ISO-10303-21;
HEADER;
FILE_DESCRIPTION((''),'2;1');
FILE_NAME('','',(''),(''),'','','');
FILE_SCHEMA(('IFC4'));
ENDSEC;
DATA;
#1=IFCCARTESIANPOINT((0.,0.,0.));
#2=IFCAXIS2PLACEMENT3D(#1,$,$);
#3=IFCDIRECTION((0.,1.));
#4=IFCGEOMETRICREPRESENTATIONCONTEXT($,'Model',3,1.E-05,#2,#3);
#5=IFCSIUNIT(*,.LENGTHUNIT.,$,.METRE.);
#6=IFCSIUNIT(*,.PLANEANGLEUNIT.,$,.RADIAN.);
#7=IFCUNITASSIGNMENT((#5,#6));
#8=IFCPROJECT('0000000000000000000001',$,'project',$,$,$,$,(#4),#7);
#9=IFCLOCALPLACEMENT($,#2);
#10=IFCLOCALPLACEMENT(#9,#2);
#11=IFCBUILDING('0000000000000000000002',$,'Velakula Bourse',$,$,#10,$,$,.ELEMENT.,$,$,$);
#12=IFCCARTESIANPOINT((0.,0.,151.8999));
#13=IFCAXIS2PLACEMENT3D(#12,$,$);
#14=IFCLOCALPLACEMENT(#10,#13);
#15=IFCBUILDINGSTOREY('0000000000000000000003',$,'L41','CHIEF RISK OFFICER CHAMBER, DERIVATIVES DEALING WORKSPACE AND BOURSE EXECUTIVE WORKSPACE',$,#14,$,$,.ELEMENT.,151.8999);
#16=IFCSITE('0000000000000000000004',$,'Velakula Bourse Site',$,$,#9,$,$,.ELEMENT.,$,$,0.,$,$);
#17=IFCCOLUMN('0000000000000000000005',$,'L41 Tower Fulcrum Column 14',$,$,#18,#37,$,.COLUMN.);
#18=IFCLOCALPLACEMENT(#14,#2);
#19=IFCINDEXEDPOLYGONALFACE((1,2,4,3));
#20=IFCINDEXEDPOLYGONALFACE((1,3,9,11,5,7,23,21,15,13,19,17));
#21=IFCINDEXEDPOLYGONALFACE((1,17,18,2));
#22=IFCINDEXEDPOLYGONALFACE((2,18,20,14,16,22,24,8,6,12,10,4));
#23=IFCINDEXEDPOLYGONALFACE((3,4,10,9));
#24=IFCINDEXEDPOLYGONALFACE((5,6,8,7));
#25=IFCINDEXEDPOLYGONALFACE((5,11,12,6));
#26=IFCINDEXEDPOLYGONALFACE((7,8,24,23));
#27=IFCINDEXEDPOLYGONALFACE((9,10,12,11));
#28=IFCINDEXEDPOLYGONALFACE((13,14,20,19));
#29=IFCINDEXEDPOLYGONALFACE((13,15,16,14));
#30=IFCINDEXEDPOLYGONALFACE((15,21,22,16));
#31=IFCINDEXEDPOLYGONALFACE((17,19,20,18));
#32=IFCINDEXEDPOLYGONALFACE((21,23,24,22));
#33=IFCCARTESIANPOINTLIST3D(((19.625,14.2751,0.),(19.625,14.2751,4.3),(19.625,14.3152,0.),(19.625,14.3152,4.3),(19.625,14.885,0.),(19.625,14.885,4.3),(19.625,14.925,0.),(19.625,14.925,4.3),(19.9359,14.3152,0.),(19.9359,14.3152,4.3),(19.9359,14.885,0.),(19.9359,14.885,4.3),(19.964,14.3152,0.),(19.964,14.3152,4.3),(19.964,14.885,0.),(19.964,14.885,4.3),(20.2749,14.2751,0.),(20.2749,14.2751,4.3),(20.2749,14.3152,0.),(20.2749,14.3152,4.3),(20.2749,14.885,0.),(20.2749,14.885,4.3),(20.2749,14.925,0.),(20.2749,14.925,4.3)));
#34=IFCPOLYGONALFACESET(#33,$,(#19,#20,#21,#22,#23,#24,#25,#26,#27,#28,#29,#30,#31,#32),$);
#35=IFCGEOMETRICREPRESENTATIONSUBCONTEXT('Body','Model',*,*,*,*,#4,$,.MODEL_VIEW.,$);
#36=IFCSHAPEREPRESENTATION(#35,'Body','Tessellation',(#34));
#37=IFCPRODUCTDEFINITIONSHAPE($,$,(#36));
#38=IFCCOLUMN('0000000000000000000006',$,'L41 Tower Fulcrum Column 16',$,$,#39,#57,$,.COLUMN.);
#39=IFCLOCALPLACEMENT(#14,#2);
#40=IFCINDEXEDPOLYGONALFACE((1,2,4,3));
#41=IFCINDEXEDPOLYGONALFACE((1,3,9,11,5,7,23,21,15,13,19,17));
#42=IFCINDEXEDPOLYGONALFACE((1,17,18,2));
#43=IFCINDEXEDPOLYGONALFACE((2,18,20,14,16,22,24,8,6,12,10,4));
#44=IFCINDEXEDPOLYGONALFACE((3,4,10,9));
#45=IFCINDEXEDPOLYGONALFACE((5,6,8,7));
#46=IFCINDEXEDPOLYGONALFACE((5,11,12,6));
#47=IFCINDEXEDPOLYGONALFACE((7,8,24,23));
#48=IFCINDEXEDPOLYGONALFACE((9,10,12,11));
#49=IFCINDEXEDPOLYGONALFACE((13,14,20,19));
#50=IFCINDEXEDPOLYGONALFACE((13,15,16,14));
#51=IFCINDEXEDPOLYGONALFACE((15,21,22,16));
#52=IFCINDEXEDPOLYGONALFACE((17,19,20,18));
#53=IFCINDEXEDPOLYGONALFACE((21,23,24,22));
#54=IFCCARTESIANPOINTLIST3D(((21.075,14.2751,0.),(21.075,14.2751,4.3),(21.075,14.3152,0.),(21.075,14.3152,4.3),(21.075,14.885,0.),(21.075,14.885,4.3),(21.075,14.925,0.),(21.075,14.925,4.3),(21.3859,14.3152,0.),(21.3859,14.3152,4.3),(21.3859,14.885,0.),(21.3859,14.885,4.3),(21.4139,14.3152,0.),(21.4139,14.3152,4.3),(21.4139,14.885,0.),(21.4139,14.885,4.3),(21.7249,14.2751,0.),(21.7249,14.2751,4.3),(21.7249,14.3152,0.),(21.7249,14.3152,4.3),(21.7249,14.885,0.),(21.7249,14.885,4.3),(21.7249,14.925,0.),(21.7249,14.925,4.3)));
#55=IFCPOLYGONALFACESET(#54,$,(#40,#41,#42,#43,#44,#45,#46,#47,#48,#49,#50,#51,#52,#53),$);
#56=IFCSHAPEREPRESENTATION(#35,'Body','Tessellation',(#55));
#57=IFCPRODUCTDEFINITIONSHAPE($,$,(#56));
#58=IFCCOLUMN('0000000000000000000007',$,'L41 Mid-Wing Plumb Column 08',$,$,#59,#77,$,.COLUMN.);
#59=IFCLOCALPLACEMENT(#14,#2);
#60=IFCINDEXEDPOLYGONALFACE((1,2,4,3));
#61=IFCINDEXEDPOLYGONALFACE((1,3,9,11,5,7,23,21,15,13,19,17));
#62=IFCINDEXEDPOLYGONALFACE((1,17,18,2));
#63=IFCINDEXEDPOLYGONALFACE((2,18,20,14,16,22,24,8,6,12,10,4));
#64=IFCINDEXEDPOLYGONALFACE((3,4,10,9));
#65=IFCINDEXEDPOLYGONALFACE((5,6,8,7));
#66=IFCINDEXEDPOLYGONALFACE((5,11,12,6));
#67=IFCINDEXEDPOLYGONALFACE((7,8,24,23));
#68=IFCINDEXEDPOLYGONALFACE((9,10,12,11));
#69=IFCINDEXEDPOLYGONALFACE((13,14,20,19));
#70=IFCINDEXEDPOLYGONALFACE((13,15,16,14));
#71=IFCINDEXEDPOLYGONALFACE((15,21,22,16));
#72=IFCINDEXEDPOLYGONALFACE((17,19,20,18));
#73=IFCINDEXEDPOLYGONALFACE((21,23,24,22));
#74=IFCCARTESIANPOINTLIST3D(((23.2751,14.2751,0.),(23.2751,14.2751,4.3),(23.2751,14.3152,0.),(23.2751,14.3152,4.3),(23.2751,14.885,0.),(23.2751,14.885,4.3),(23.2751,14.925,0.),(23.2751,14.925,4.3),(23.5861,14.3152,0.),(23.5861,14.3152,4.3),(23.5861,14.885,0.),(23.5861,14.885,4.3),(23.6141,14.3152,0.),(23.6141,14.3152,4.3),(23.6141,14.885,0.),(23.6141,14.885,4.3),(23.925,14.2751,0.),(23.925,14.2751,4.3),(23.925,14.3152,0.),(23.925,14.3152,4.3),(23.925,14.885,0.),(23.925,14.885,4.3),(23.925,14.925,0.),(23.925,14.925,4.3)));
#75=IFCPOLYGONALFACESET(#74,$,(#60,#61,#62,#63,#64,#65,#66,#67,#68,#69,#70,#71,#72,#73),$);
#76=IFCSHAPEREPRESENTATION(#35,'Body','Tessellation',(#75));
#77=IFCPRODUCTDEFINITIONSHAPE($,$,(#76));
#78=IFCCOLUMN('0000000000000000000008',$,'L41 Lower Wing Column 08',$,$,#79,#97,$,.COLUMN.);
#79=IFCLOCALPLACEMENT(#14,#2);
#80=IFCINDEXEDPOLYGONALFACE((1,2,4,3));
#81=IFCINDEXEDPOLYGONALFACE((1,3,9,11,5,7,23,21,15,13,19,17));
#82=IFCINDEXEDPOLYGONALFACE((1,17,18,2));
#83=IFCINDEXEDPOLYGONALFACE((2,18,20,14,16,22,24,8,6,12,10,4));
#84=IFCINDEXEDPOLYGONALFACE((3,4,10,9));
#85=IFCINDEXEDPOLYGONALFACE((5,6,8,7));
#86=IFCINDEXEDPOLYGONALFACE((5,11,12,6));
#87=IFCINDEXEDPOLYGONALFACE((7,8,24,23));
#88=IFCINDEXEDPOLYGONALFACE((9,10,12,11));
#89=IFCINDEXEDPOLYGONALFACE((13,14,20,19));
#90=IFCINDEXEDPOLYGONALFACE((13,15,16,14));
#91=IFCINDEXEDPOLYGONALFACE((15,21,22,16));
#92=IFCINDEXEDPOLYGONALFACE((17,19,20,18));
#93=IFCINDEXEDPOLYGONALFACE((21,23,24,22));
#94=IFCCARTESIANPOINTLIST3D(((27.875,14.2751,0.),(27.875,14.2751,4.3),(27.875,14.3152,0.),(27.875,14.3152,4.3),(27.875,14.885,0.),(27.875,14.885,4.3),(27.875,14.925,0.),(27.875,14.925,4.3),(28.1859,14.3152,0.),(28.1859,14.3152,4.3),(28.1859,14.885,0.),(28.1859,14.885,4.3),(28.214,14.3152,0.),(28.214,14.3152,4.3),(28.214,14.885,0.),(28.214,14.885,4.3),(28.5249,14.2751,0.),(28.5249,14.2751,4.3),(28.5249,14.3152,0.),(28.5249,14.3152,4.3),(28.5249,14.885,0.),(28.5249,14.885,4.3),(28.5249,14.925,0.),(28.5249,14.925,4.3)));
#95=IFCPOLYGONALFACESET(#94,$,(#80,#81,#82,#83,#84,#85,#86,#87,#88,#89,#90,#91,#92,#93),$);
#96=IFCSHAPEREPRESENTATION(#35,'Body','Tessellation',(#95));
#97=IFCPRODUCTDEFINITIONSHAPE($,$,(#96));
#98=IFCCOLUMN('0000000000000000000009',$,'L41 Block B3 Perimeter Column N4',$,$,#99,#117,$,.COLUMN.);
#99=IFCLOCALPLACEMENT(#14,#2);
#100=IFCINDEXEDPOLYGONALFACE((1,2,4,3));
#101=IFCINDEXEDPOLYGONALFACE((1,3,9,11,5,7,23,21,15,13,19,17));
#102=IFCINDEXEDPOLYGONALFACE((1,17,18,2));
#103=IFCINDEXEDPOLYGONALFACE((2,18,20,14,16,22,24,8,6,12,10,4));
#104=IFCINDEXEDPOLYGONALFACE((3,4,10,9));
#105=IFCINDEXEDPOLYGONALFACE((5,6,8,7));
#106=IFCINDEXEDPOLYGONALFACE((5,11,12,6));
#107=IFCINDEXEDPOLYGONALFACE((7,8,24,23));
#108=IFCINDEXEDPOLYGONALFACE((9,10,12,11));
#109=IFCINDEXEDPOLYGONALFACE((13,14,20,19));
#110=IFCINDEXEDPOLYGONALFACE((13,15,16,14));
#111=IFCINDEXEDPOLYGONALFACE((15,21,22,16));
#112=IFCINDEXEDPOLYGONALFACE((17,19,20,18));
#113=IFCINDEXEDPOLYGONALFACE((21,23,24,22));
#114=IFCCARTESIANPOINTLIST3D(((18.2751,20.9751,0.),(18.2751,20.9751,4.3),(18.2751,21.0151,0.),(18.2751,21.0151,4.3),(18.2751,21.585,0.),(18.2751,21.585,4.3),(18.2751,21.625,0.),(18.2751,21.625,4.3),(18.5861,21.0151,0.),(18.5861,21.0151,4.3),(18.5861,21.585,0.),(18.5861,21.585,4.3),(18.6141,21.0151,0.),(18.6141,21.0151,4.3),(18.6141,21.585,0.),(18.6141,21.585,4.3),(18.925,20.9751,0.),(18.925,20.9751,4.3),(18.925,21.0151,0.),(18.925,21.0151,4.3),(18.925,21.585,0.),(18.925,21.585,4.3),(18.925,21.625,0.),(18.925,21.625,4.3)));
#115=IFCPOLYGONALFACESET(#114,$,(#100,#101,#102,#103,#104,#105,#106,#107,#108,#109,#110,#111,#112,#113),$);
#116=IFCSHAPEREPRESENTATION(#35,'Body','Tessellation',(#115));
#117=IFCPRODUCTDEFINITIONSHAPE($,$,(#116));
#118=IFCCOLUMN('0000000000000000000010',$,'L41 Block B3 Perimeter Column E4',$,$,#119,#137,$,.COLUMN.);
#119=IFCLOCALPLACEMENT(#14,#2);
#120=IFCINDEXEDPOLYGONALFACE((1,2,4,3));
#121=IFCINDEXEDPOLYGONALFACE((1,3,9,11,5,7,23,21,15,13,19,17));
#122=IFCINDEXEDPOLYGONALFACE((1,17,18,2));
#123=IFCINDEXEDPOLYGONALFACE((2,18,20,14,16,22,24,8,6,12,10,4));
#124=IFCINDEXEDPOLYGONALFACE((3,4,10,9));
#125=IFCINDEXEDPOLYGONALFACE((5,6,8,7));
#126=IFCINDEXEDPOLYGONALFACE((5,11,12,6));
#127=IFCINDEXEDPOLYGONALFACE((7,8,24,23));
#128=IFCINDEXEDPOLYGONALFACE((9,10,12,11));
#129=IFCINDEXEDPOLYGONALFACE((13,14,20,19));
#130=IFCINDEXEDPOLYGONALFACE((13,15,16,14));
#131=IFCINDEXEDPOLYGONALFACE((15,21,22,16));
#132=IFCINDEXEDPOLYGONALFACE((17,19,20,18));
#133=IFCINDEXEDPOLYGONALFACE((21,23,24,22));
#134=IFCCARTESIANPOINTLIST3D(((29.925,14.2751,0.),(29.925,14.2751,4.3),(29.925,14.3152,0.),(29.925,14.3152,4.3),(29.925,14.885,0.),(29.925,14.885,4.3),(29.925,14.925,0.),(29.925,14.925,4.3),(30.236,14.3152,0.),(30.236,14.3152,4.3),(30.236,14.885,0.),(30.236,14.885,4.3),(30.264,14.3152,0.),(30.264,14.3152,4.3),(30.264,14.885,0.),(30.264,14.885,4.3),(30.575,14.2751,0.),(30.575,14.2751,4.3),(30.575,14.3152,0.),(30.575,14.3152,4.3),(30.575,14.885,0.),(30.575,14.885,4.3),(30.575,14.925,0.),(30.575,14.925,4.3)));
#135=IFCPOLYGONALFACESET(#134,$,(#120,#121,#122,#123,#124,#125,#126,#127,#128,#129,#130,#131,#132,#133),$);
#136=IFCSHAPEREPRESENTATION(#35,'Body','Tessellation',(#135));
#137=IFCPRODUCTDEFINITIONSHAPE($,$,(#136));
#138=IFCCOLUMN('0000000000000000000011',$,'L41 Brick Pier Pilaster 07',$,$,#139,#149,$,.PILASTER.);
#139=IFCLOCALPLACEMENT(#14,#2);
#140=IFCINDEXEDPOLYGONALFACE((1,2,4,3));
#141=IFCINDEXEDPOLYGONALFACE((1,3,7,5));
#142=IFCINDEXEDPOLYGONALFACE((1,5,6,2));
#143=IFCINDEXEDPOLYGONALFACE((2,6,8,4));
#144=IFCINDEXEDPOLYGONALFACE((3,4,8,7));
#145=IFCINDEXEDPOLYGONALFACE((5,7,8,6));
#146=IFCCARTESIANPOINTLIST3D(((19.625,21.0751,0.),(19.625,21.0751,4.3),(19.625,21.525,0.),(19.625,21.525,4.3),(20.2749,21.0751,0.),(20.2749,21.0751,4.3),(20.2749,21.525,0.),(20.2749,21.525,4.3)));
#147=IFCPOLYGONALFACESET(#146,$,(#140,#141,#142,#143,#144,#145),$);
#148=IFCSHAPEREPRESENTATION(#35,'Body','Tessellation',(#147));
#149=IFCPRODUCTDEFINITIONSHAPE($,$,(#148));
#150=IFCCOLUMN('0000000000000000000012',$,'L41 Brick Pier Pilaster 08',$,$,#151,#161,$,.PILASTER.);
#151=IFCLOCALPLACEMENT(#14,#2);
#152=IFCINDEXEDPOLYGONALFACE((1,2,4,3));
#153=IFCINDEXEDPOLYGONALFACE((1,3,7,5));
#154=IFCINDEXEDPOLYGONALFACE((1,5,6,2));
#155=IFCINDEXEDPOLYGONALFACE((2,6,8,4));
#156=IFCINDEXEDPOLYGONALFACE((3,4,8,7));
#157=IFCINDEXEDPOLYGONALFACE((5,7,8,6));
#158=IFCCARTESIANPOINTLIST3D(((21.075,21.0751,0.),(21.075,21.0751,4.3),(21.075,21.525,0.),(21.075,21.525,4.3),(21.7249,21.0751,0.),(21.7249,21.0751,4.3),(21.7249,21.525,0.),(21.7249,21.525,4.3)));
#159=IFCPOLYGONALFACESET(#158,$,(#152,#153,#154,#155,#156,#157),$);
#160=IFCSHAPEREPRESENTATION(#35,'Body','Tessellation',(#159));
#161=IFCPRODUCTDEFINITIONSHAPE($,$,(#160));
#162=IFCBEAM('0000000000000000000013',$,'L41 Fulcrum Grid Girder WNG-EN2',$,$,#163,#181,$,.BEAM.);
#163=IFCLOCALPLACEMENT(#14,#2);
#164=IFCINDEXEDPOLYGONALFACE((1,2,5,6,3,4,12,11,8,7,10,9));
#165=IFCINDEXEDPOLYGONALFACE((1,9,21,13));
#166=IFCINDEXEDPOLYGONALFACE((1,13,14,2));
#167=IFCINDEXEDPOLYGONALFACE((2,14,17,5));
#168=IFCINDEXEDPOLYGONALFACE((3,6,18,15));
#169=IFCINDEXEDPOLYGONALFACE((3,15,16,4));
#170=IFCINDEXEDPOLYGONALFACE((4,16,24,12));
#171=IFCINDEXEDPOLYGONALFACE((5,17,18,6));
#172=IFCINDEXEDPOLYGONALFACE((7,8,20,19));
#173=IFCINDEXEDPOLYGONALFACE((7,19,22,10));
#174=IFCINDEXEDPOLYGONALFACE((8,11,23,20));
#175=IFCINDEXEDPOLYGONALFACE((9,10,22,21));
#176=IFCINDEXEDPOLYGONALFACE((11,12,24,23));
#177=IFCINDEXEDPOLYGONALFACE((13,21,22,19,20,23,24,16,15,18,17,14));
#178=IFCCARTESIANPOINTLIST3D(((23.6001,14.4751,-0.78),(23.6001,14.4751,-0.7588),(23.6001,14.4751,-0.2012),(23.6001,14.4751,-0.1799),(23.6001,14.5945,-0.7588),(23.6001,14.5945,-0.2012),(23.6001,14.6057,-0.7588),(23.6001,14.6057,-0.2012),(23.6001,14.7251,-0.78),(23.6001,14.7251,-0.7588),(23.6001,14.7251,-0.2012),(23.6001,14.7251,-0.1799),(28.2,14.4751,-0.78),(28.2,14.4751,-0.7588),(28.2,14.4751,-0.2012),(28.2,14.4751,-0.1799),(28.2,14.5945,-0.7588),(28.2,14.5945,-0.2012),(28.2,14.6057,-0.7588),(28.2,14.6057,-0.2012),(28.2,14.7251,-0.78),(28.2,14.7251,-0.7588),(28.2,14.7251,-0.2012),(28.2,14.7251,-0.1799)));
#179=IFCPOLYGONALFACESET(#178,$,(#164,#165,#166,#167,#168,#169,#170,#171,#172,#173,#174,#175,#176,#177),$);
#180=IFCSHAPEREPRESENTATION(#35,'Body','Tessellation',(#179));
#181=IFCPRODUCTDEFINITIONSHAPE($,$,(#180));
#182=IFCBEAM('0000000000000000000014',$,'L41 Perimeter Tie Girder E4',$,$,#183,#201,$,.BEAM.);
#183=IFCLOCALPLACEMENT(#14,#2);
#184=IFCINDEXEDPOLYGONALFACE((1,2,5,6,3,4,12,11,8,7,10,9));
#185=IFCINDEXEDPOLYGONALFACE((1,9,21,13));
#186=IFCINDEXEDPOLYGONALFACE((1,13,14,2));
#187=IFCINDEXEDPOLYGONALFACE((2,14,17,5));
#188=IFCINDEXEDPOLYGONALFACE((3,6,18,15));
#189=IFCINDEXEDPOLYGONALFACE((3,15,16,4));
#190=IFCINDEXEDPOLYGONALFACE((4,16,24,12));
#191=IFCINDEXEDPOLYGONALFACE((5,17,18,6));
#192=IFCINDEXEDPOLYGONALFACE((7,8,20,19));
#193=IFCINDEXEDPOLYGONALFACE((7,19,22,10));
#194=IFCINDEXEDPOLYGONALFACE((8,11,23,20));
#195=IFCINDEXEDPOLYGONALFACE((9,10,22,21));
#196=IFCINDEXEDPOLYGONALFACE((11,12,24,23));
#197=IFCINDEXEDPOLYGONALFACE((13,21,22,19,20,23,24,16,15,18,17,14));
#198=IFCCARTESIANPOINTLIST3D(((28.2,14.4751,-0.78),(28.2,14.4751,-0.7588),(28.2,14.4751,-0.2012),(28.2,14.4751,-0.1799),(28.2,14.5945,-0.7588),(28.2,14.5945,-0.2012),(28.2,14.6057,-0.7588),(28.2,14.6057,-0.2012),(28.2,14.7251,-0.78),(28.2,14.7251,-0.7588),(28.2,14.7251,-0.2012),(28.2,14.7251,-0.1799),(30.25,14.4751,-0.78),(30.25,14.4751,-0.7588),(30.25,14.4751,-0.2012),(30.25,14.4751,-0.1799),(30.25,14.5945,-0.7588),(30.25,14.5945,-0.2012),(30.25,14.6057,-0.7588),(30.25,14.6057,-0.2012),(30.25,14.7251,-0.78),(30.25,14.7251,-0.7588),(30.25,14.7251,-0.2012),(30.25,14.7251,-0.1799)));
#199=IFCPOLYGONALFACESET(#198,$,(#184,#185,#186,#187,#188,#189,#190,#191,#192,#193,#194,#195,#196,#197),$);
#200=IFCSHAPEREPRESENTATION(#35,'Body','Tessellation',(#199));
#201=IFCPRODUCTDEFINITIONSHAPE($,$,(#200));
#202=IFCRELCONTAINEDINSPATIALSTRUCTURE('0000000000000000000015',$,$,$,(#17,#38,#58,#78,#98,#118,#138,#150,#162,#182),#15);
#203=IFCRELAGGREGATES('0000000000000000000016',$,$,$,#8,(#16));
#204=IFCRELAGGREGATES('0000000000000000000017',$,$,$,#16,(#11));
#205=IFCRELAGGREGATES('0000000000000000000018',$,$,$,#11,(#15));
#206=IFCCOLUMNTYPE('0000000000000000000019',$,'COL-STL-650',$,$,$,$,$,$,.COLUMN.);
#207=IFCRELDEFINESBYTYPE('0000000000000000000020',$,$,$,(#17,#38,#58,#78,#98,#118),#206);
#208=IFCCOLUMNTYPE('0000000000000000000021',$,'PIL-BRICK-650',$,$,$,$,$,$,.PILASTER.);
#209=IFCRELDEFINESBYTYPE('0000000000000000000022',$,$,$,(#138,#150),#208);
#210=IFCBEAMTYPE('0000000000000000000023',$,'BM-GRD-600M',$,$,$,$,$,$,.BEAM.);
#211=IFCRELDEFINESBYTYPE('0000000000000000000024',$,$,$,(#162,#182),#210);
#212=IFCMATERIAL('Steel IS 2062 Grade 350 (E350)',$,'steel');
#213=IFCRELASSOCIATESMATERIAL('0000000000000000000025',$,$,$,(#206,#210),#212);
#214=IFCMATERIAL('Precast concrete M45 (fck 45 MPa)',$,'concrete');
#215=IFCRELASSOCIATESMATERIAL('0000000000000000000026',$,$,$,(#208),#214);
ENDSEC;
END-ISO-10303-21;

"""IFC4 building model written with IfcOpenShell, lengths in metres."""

from ifc_helpers import new_model, si_unit, direction, frame, origin, origin_2d, place, context, subcontext, project, spatial, rectangle, i_section, extrude, material, material_profile, profile_set, type_object, element, save


model = new_model("IFC4")

# Units and contexts
model_context = context("Model", 3, precision=1e-05, world=origin(), true_north=direction((0.0, 1.0)))
body_context = subcontext(model_context, "Body", "Model", "MODEL_VIEW")
ifc_project = project(units=[si_unit("LENGTHUNIT", "METRE"), si_unit("PLANEANGLEUNIT", "RADIAN")], contexts=[model_context])

# Site, building, storey
site_placement = place(None, origin())
site = spatial("IfcSite", under=ifc_project, at=site_placement, Name="Velakula Bourse Site", CompositionType="ELEMENT", RefElevation=0.0)
building_placement = place(site_placement, origin())
building = spatial("IfcBuilding", under=site, at=building_placement, Name="Velakula Bourse", CompositionType="ELEMENT")
storey_placement = place(building_placement, frame((0.0, 0.0, 151.8999)))
storey = spatial("IfcBuildingStorey", under=building, at=storey_placement, Name="L41", Description="CHIEF RISK OFFICER CHAMBER, DERIVATIVES DEALING WORKSPACE AND BOURSE EXECUTIVE WORKSPACE", CompositionType="ELEMENT", Elevation=151.8999)

# Columns
ifc_material_1 = material(Name="Steel IS 2062 Grade 350 (E350)", Category="steel")
ifc_material_profile_1 = material_profile(ifc_material_1, i_section(OverallWidth=0.6499, OverallDepth=0.6499, WebThickness=0.0281, FlangeThickness=0.04, at=origin_2d()), Name="Steel IS 2062 Grade 350 (E350)")
ifc_profile_set_1 = profile_set([ifc_material_profile_1], Name="Steel IS 2062 Grade 350 (E350)")
column_type_1 = type_object("IfcColumnType", Name="COL-STL-650", PredefinedType="COLUMN", material=ifc_profile_set_1)
for number, where, z_axis, x_axis, name in (
    (1, (19.95, 14.6001, 0.0), (0.0, 0.0, 1.0), (1.0, 0.0, 0.0), "L41 Tower Fulcrum Column 14"),
    (2, (21.3999, 14.6001, 0.0), (0.0, 0.0, 1.0), (1.0, 0.0, 0.0), "L41 Tower Fulcrum Column 16"),
    (3, (23.6001, 14.6001, 0.0), (0.0, 0.0, 1.0), (1.0, 0.0, 0.0), "L41 Mid-Wing Plumb Column 08"),
    (4, (28.2, 14.6001, 0.0), (0.0, 0.0, 1.0), (1.0, 0.0, 0.0), "L41 Lower Wing Column 08"),
    (5, (18.6001, 21.3, 0.0), (0.0, 0.0, 1.0), (1.0, 0.0, 0.0), "L41 Block B3 Perimeter Column N4"),
    (6, (30.25, 14.6001, 0.0), (0.0, 0.0, 1.0), (1.0, 0.0, 0.0), "L41 Block B3 Perimeter Column E4"),
):
    element("IfcColumn", number, at=place(storey_placement, frame(where, z_axis=z_axis, x_axis=x_axis)), inside=storey, type_object=column_type_1, Name=name, PredefinedType="COLUMN", context=body_context, shape_type="SweptSolid", body=[
        extrude(i_section(OverallWidth=0.6499, OverallDepth=0.6499, WebThickness=0.0281, FlangeThickness=0.04, at=origin_2d()), origin(), (0.0, 0.0, 1.0), 4.3),
    ])
ifc_material_2 = material(Name="Precast concrete M45 (fck 45 MPa)", Category="concrete")
ifc_material_profile_2 = material_profile(ifc_material_2, rectangle(XDim=0.6499, YDim=0.45, at=origin_2d()), Name="Precast concrete M45 (fck 45 MPa)")
ifc_profile_set_2 = profile_set([ifc_material_profile_2], Name="Precast concrete M45 (fck 45 MPa)")
column_type_2 = type_object("IfcColumnType", Name="PIL-BRICK-650", PredefinedType="PILASTER", material=ifc_profile_set_2)
for number, where, z_axis, x_axis, name in (
    (7, (19.95, 21.3, 0.0), (0.0, 0.0, 1.0), (1.0, 0.0, 0.0), "L41 Brick Pier Pilaster 07"),
    (8, (21.3999, 21.3, 0.0), (0.0, 0.0, 1.0), (1.0, 0.0, 0.0), "L41 Brick Pier Pilaster 08"),
):
    element("IfcColumn", number, at=place(storey_placement, frame(where, z_axis=z_axis, x_axis=x_axis)), inside=storey, type_object=column_type_2, Name=name, PredefinedType="PILASTER", context=body_context, shape_type="SweptSolid", body=[
        extrude(rectangle(XDim=0.6499, YDim=0.45, at=origin_2d()), origin(), (0.0, 0.0, 1.0), 4.3),
    ])

# Beams
ifc_material_profile_3 = material_profile(ifc_material_1, i_section(OverallWidth=0.25, OverallDepth=0.6001, WebThickness=0.0112, FlangeThickness=0.0212, at=origin_2d()), Name="Steel IS 2062 Grade 350 (E350)")
ifc_profile_set_3 = profile_set([ifc_material_profile_3], Name="Steel IS 2062 Grade 350 (E350)")
beam_type_1 = type_object("IfcBeamType", Name="BM-GRD-600M", PredefinedType="BEAM", material=ifc_profile_set_3)
beam_1_placement = place(storey_placement, frame((23.6001, 14.6001, -0.48), z_axis=(1.0, 0.0, 0.0), x_axis=(0.0, 1.0, 0.0)))
element("IfcBeam", 9, at=beam_1_placement, inside=storey, type_object=beam_type_1, Name="L41 Fulcrum Grid Girder WNG-EN2", PredefinedType="BEAM", context=body_context, shape_type="SweptSolid", body=[
    extrude(i_section(OverallWidth=0.25, OverallDepth=0.6001, WebThickness=0.0112, FlangeThickness=0.0212, at=origin_2d()), origin(), (0.0, 0.0, 1.0), 4.5999),
])
beam_2_placement = place(storey_placement, frame((28.2, 14.6001, -0.48), z_axis=(1.0, 0.0, 0.0), x_axis=(0.0, 1.0, 0.0)))
element("IfcBeam", 10, at=beam_2_placement, inside=storey, type_object=beam_type_1, Name="L41 Perimeter Tie Girder E4", PredefinedType="BEAM", context=body_context, shape_type="SweptSolid", body=[
    extrude(i_section(OverallWidth=0.25, OverallDepth=0.6001, WebThickness=0.0112, FlangeThickness=0.0212, at=origin_2d()), origin(), (0.0, 0.0, 1.0), 2.05),
])

save(model, "model.ifc")
